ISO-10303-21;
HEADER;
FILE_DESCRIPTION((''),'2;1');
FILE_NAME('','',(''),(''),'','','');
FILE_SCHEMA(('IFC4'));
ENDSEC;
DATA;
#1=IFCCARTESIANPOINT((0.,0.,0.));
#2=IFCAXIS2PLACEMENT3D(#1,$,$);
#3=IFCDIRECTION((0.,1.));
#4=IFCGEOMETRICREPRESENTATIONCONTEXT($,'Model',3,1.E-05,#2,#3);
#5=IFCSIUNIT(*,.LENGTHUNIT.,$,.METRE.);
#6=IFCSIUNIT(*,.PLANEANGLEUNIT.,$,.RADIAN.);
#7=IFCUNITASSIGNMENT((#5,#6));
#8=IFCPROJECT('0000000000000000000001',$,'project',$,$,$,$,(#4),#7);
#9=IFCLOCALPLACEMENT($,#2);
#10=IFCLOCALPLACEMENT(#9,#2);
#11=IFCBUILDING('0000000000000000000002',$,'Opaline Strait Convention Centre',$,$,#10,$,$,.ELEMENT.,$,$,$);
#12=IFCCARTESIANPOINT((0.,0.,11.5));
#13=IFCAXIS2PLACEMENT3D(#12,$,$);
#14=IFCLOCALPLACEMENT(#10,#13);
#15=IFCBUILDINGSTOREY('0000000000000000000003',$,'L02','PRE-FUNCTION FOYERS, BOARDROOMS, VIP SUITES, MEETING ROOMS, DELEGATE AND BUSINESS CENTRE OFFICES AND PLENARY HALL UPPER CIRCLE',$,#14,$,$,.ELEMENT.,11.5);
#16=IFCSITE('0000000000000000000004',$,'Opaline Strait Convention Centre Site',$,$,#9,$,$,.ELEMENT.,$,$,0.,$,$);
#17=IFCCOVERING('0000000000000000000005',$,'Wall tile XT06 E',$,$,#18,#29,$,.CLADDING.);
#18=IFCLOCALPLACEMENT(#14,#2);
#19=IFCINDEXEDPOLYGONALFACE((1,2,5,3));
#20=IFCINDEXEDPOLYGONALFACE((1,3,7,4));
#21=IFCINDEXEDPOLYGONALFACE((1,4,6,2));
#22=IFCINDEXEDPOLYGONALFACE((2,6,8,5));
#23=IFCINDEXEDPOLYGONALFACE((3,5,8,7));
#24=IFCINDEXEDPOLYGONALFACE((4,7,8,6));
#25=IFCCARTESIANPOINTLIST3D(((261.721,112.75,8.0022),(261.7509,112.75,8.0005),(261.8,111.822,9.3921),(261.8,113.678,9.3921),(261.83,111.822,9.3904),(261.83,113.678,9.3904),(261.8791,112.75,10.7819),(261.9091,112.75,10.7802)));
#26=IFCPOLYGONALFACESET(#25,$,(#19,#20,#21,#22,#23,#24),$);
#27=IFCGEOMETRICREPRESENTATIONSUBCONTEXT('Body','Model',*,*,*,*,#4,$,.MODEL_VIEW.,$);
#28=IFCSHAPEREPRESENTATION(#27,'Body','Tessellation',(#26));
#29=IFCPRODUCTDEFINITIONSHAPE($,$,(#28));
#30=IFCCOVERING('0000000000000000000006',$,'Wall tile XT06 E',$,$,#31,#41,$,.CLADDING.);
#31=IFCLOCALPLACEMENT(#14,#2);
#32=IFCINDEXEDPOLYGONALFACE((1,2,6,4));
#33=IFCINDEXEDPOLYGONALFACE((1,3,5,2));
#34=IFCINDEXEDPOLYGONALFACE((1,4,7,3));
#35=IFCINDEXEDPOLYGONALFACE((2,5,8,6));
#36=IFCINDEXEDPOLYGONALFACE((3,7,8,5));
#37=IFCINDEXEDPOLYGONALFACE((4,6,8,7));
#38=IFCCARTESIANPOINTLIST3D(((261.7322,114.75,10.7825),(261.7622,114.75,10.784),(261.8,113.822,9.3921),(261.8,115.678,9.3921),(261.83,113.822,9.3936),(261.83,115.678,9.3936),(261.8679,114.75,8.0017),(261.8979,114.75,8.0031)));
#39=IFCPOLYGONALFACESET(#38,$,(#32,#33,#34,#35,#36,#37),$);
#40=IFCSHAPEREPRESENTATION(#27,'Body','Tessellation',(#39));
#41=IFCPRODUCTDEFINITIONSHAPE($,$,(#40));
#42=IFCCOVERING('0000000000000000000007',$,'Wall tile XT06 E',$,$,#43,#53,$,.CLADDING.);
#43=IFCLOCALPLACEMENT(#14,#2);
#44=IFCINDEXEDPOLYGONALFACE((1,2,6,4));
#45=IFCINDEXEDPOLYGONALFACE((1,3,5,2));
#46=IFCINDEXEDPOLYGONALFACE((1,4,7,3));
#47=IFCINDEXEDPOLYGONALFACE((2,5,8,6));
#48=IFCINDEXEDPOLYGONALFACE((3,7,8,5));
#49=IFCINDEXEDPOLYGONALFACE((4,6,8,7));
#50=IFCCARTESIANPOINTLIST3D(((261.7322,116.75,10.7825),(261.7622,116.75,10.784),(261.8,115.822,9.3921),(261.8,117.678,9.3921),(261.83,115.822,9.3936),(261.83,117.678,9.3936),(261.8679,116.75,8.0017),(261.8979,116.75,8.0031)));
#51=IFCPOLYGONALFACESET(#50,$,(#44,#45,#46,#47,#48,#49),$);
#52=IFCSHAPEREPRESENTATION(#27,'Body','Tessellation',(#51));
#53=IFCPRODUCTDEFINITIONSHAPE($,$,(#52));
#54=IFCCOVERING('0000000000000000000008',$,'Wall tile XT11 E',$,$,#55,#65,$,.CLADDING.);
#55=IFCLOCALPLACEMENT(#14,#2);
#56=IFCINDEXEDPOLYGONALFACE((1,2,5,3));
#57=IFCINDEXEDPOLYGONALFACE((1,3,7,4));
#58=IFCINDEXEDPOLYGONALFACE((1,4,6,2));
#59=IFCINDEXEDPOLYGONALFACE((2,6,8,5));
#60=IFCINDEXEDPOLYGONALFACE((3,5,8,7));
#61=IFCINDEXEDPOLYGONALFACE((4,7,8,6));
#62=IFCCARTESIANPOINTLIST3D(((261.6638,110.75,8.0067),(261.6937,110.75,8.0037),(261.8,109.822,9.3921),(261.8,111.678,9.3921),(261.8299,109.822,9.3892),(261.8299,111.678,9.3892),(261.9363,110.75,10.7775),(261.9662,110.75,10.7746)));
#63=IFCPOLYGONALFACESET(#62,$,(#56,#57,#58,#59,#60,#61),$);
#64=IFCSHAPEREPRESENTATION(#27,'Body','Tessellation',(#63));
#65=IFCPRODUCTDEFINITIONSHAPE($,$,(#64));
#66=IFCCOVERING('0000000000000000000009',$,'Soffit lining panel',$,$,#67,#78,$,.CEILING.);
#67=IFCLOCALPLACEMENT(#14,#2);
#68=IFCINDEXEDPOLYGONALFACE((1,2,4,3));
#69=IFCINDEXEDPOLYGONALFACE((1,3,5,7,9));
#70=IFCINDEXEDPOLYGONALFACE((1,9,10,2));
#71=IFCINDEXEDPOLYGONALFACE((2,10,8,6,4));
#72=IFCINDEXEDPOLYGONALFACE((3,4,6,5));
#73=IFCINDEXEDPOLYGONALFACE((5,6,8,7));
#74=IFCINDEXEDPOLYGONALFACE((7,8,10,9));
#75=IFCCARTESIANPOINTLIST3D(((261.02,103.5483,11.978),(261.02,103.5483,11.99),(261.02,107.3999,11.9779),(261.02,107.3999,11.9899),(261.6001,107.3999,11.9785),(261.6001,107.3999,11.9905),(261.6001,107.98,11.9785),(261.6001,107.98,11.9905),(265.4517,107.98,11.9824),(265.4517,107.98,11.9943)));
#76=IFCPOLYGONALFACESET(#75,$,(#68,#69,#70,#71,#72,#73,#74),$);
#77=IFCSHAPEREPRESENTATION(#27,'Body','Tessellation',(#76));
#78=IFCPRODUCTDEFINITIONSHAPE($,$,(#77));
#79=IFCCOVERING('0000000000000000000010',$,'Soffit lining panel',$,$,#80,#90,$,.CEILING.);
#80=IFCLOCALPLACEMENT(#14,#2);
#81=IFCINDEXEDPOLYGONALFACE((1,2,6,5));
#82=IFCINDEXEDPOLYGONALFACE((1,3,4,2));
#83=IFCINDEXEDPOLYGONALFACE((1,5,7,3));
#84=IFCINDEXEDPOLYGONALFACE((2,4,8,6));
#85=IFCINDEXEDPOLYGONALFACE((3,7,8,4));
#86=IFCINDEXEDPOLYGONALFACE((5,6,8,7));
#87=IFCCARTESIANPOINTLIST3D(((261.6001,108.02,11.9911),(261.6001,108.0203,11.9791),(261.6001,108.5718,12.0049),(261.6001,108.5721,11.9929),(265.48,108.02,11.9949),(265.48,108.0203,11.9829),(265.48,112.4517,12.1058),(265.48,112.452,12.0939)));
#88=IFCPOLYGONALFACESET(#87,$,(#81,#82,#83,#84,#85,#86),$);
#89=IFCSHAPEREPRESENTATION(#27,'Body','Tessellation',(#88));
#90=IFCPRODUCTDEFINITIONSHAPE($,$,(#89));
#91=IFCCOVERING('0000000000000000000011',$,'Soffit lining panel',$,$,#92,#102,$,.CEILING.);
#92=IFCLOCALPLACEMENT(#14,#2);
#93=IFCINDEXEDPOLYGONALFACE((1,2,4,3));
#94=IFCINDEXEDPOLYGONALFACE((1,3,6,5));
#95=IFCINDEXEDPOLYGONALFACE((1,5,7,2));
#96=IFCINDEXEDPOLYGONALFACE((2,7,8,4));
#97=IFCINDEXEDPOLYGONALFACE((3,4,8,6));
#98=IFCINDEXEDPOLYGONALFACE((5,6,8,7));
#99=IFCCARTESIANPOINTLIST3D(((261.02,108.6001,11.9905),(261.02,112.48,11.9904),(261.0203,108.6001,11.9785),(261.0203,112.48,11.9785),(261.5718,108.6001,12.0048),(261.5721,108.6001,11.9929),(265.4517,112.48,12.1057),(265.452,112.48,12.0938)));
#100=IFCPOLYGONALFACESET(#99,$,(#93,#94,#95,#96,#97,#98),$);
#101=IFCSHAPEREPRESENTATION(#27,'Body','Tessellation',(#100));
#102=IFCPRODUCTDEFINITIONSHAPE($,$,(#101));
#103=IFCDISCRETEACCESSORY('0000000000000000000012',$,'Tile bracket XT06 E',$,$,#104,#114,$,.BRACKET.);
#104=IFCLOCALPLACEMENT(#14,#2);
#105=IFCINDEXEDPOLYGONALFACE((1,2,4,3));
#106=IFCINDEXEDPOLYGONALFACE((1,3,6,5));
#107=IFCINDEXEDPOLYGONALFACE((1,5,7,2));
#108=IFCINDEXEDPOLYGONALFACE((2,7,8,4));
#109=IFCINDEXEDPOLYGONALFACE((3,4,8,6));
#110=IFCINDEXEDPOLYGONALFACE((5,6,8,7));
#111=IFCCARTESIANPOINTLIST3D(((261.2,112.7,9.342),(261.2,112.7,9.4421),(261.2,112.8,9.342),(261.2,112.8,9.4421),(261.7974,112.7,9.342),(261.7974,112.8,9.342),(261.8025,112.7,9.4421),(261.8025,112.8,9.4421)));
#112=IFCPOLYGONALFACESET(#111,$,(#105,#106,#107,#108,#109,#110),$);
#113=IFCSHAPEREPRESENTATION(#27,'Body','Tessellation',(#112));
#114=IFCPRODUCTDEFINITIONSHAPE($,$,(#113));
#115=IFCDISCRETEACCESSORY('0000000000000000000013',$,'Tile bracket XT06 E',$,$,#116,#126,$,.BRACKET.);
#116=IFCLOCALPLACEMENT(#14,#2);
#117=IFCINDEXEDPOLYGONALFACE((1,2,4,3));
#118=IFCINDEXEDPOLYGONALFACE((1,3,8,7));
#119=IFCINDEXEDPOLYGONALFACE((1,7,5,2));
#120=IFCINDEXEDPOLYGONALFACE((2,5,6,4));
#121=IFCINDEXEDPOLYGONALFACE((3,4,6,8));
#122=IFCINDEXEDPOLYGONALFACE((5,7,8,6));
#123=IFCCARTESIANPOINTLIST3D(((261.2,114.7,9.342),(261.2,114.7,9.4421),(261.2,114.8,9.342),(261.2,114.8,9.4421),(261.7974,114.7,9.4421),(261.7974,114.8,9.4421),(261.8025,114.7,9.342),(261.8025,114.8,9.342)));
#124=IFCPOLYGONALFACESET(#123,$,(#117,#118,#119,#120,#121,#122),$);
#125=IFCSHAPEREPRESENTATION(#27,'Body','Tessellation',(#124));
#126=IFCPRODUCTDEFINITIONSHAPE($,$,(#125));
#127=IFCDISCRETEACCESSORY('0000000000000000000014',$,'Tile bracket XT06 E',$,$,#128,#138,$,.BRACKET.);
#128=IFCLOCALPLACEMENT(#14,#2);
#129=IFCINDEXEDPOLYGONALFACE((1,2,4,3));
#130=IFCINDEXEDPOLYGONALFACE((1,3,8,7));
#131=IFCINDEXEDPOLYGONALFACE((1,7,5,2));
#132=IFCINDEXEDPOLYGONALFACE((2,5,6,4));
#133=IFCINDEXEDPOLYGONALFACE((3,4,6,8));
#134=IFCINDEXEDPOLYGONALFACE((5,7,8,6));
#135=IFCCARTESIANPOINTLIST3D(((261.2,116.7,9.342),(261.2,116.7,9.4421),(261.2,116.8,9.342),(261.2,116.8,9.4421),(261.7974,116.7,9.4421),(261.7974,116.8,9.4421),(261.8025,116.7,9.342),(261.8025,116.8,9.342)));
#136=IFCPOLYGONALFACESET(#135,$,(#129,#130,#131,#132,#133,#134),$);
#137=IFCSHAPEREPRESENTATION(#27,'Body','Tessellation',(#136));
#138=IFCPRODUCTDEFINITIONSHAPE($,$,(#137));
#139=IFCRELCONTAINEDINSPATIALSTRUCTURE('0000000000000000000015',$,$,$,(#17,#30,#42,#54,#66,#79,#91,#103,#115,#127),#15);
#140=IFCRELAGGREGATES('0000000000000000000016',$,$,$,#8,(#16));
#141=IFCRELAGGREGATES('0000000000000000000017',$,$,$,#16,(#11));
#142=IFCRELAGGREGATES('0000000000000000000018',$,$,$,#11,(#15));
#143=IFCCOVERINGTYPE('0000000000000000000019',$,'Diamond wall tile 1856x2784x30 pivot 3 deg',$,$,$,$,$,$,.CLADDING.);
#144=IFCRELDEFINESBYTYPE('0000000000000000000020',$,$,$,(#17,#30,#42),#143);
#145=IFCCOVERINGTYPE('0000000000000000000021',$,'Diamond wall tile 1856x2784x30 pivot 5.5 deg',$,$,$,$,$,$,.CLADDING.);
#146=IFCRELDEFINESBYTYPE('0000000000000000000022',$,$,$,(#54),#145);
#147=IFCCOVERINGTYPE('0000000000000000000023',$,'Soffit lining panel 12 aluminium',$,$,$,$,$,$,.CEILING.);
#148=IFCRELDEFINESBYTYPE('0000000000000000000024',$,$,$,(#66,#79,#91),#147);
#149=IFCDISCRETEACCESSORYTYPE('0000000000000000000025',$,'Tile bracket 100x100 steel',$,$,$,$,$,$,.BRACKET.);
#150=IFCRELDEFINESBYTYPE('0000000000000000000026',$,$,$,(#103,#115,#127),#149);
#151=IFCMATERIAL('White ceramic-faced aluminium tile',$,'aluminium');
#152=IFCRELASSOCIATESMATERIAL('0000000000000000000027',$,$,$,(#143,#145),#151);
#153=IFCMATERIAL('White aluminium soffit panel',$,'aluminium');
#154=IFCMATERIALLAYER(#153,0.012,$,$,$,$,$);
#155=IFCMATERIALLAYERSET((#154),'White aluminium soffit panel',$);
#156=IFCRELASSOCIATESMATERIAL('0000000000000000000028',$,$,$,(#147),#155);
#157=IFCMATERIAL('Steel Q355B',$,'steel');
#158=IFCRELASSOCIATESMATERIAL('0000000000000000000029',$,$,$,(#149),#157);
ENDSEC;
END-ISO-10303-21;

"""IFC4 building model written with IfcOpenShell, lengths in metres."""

from ifc_helpers import new_model, si_unit, direction, frame, origin, place, context, subcontext, project, spatial, polyline, outline, extrude, material, layer, layer_set, material_profile, profile_set, type_object, element, save


model = new_model("IFC4")

# Units and contexts
model_context = context("Model", 3, precision=1e-05, world=origin(), true_north=direction((0.0, 1.0)))
body_context = subcontext(model_context, "Body", "Model", "MODEL_VIEW")
ifc_project = project(units=[si_unit("LENGTHUNIT", "METRE"), si_unit("PLANEANGLEUNIT", "RADIAN")], contexts=[model_context])

# Site, building, storey
site_placement = place(None, origin())
site = spatial("IfcSite", under=ifc_project, at=site_placement, Name="Opaline Strait Convention Centre Site", CompositionType="ELEMENT", RefElevation=0.0)
building_placement = place(site_placement, origin())
building = spatial("IfcBuilding", under=site, at=building_placement, Name="Opaline Strait Convention Centre", CompositionType="ELEMENT")
storey_placement = place(building_placement, frame((0.0, 0.0, 11.5)))
storey = spatial("IfcBuildingStorey", under=building, at=storey_placement, Name="L02", Description="PRE-FUNCTION FOYERS, BOARDROOMS, VIP SUITES, MEETING ROOMS, DELEGATE AND BUSINESS CENTRE OFFICES AND PLENARY HALL UPPER CIRCLE", CompositionType="ELEMENT", Elevation=11.5)

# Shared definitions
ifc_material_1 = material(Name="Steel Q355B", Category="steel")

# Coverings
ifc_material_2 = material(Name="White ceramic-faced aluminium tile", Category="aluminium")
ifc_material_profile_1 = material_profile(ifc_material_2, outline(polyline([(0.928, 0.0), (0.0, 1.3921), (-0.928, 0.0), (0.0, -1.3921), (0.928, 0.0)])), Name="Diamond tile 1856x2784")
ifc_profile_set_1 = profile_set([ifc_material_profile_1], Name="White ceramic-faced aluminium tile")
covering_type_1 = type_object("IfcCoveringType", Name="Diamond wall tile 1856x2784x30 pivot 3 deg", PredefinedType="CLADDING", material=ifc_profile_set_1)
for number, where, z_axis, x_axis, name in (
    (1, (261.8, 112.75, 9.3921), (0.998385, 0.0, -0.056819), (0.0, 1.0, 0.0), "Wall tile XT06 E"),
    (2, (261.8, 114.75, 9.3921), (0.998812, 0.0, 0.048723), (0.0, 1.0, 0.0), "Wall tile XT06 E"),
    (3, (261.8, 116.75, 9.3921), (0.998812, 0.0, 0.048723), (0.0, 1.0, 0.0), "Wall tile XT06 E"),
):
    element("IfcCovering", number, at=place(storey_placement, frame(where, z_axis=z_axis, x_axis=x_axis)), inside=storey, type_object=covering_type_1, Name=name, PredefinedType="CLADDING", context=body_context, shape_type="SweptSolid", body=[
        extrude(outline(polyline([(0.928, 0.0), (0.0, 1.3921), (-0.928, 0.0), (0.0, -1.3921), (0.928, 0.0)])), origin(), (0.0, 0.0, 1.0), 0.03),
    ])
ifc_material_profile_2 = material_profile(ifc_material_2, outline(polyline([(0.928, 0.0), (0.0, 1.3921), (-0.928, 0.0), (0.0, -1.3921), (0.928, 0.0)])), Name="Diamond tile 1856x2784")
ifc_profile_set_2 = profile_set([ifc_material_profile_2], Name="White ceramic-faced aluminium tile")
covering_type_2 = type_object("IfcCoveringType", Name="Diamond wall tile 1856x2784x30 pivot 5.5 deg", PredefinedType="CLADDING", material=ifc_profile_set_2)
covering_1_placement = place(storey_placement, frame((261.8, 110.75, 9.3921), z_axis=(0.995197, 0.0, -0.097888), x_axis=(0.0, 1.0, 0.0)))
element("IfcCovering", 4, at=covering_1_placement, inside=storey, type_object=covering_type_2, Name="Wall tile XT11 E", PredefinedType="CLADDING", context=body_context, shape_type="SweptSolid", body=[
    extrude(outline(polyline([(0.928, 0.0), (0.0, 1.3921), (-0.928, 0.0), (0.0, -1.3921), (0.928, 0.0)])), origin(), (0.0, 0.0, 1.0), 0.03),
])
ifc_material_3 = material(Name="White aluminium soffit panel", Category="aluminium")
ifc_layer_1 = layer(ifc_material_3, 0.012)
ifc_layer_set_1 = layer_set([ifc_layer_1], Name="White aluminium soffit panel")
covering_type_3 = type_object("IfcCoveringType", Name="Soffit lining panel 12 aluminium", PredefinedType="CEILING", material=ifc_layer_set_1)
covering_2_placement = place(storey_placement, frame((261.6001, 107.98, 11.9905), z_axis=(-0.000997, 0.00002, 1.0), x_axis=(1.0, 0.0, 0.000997)))
element("IfcCovering", 5, at=covering_2_placement, inside=storey, type_object=covering_type_3, Name="Soffit lining panel", PredefinedType="CEILING", context=body_context, shape_type="SweptSolid", body=[
    extrude(outline(polyline([(0.0, 0.0), (3.8516, 0.0), (-0.5801, -4.4316), (-0.5801, -0.5801), (0.0, -0.5801), (0.0, 0.0)])), origin(), (0.0, 0.0, -1.0), 0.012),
])
covering_3_placement = place(storey_placement, frame((265.48, 108.02, 11.9949), z_axis=(-0.00098, -0.025026, 0.999686), x_axis=(-1.0, 0.000001, -0.00098)))
element("IfcCovering", 6, at=covering_3_placement, inside=storey, type_object=covering_type_3, Name="Soffit lining panel", PredefinedType="CEILING", context=body_context, shape_type="SweptSolid", body=[
    extrude(outline(polyline([(0.0, 0.0), (3.8799, 0.0), (3.8799, -0.5519), (-0.0001, -4.433), (0.0, 0.0)])), origin(), (0.0, 0.0, -1.0), 0.012),
])
covering_4_placement = place(storey_placement, frame((265.4517, 112.48, 12.1057), z_axis=(-0.026005, 0.000013, 0.999662), x_axis=(-0.706987, -0.706987, -0.018382)))
element("IfcCovering", 7, at=covering_4_placement, inside=storey, type_object=covering_type_3, Name="Soffit lining panel", PredefinedType="CEILING", context=body_context, shape_type="SweptSolid", body=[
    extrude(outline(polyline([(0.0, 0.0), (5.4879, 0.0), (5.8783, -0.3902), (3.1352, -3.1342), (0.0, 0.0)])), origin(), (0.0, 0.0, -1.0), 0.012),
])

# Discrete accessories
discrete_accessory_type = type_object("IfcDiscreteAccessoryType", Name="Tile bracket 100x100 steel", PredefinedType="BRACKET", material=ifc_material_1)
discrete_accessory_placement = place(storey_placement, frame((261.2, 112.7, 9.3921), z_axis=(0.0, 1.0, 0.0), x_axis=(-1.0, 0.0, 0.0)))
element("IfcDiscreteAccessory", 8, at=discrete_accessory_placement, inside=storey, type_object=discrete_accessory_type, Name="Tile bracket XT06 E", PredefinedType="BRACKET", context=body_context, shape_type="SweptSolid", body=[
    extrude(outline(polyline([(0.0, -0.05), (0.0, 0.05), (-0.6025, 0.05), (-0.5974, -0.05), (0.0, -0.05)])), origin(), (0.0, 0.0, 1.0), 0.1001),
])
for number, where, z_axis, x_axis, name in (
    (9, (261.2, 114.7, 9.3921), (0.0, 1.0, 0.0), (-1.0, 0.0, 0.0), "Tile bracket XT06 E"),
    (10, (261.2, 116.7, 9.3921), (0.0, 1.0, 0.0), (-1.0, 0.0, 0.0), "Tile bracket XT06 E"),
):
    element("IfcDiscreteAccessory", number, at=place(storey_placement, frame(where, z_axis=z_axis, x_axis=x_axis)), inside=storey, type_object=discrete_accessory_type, Name=name, PredefinedType="BRACKET", context=body_context, shape_type="SweptSolid", body=[
        extrude(outline(polyline([(0.0, -0.05), (0.0, 0.05), (-0.5974, 0.05), (-0.6025, -0.05), (0.0, -0.05)])), origin(), (0.0, 0.0, 1.0), 0.1001),
    ])

save(model, "model.ifc")
